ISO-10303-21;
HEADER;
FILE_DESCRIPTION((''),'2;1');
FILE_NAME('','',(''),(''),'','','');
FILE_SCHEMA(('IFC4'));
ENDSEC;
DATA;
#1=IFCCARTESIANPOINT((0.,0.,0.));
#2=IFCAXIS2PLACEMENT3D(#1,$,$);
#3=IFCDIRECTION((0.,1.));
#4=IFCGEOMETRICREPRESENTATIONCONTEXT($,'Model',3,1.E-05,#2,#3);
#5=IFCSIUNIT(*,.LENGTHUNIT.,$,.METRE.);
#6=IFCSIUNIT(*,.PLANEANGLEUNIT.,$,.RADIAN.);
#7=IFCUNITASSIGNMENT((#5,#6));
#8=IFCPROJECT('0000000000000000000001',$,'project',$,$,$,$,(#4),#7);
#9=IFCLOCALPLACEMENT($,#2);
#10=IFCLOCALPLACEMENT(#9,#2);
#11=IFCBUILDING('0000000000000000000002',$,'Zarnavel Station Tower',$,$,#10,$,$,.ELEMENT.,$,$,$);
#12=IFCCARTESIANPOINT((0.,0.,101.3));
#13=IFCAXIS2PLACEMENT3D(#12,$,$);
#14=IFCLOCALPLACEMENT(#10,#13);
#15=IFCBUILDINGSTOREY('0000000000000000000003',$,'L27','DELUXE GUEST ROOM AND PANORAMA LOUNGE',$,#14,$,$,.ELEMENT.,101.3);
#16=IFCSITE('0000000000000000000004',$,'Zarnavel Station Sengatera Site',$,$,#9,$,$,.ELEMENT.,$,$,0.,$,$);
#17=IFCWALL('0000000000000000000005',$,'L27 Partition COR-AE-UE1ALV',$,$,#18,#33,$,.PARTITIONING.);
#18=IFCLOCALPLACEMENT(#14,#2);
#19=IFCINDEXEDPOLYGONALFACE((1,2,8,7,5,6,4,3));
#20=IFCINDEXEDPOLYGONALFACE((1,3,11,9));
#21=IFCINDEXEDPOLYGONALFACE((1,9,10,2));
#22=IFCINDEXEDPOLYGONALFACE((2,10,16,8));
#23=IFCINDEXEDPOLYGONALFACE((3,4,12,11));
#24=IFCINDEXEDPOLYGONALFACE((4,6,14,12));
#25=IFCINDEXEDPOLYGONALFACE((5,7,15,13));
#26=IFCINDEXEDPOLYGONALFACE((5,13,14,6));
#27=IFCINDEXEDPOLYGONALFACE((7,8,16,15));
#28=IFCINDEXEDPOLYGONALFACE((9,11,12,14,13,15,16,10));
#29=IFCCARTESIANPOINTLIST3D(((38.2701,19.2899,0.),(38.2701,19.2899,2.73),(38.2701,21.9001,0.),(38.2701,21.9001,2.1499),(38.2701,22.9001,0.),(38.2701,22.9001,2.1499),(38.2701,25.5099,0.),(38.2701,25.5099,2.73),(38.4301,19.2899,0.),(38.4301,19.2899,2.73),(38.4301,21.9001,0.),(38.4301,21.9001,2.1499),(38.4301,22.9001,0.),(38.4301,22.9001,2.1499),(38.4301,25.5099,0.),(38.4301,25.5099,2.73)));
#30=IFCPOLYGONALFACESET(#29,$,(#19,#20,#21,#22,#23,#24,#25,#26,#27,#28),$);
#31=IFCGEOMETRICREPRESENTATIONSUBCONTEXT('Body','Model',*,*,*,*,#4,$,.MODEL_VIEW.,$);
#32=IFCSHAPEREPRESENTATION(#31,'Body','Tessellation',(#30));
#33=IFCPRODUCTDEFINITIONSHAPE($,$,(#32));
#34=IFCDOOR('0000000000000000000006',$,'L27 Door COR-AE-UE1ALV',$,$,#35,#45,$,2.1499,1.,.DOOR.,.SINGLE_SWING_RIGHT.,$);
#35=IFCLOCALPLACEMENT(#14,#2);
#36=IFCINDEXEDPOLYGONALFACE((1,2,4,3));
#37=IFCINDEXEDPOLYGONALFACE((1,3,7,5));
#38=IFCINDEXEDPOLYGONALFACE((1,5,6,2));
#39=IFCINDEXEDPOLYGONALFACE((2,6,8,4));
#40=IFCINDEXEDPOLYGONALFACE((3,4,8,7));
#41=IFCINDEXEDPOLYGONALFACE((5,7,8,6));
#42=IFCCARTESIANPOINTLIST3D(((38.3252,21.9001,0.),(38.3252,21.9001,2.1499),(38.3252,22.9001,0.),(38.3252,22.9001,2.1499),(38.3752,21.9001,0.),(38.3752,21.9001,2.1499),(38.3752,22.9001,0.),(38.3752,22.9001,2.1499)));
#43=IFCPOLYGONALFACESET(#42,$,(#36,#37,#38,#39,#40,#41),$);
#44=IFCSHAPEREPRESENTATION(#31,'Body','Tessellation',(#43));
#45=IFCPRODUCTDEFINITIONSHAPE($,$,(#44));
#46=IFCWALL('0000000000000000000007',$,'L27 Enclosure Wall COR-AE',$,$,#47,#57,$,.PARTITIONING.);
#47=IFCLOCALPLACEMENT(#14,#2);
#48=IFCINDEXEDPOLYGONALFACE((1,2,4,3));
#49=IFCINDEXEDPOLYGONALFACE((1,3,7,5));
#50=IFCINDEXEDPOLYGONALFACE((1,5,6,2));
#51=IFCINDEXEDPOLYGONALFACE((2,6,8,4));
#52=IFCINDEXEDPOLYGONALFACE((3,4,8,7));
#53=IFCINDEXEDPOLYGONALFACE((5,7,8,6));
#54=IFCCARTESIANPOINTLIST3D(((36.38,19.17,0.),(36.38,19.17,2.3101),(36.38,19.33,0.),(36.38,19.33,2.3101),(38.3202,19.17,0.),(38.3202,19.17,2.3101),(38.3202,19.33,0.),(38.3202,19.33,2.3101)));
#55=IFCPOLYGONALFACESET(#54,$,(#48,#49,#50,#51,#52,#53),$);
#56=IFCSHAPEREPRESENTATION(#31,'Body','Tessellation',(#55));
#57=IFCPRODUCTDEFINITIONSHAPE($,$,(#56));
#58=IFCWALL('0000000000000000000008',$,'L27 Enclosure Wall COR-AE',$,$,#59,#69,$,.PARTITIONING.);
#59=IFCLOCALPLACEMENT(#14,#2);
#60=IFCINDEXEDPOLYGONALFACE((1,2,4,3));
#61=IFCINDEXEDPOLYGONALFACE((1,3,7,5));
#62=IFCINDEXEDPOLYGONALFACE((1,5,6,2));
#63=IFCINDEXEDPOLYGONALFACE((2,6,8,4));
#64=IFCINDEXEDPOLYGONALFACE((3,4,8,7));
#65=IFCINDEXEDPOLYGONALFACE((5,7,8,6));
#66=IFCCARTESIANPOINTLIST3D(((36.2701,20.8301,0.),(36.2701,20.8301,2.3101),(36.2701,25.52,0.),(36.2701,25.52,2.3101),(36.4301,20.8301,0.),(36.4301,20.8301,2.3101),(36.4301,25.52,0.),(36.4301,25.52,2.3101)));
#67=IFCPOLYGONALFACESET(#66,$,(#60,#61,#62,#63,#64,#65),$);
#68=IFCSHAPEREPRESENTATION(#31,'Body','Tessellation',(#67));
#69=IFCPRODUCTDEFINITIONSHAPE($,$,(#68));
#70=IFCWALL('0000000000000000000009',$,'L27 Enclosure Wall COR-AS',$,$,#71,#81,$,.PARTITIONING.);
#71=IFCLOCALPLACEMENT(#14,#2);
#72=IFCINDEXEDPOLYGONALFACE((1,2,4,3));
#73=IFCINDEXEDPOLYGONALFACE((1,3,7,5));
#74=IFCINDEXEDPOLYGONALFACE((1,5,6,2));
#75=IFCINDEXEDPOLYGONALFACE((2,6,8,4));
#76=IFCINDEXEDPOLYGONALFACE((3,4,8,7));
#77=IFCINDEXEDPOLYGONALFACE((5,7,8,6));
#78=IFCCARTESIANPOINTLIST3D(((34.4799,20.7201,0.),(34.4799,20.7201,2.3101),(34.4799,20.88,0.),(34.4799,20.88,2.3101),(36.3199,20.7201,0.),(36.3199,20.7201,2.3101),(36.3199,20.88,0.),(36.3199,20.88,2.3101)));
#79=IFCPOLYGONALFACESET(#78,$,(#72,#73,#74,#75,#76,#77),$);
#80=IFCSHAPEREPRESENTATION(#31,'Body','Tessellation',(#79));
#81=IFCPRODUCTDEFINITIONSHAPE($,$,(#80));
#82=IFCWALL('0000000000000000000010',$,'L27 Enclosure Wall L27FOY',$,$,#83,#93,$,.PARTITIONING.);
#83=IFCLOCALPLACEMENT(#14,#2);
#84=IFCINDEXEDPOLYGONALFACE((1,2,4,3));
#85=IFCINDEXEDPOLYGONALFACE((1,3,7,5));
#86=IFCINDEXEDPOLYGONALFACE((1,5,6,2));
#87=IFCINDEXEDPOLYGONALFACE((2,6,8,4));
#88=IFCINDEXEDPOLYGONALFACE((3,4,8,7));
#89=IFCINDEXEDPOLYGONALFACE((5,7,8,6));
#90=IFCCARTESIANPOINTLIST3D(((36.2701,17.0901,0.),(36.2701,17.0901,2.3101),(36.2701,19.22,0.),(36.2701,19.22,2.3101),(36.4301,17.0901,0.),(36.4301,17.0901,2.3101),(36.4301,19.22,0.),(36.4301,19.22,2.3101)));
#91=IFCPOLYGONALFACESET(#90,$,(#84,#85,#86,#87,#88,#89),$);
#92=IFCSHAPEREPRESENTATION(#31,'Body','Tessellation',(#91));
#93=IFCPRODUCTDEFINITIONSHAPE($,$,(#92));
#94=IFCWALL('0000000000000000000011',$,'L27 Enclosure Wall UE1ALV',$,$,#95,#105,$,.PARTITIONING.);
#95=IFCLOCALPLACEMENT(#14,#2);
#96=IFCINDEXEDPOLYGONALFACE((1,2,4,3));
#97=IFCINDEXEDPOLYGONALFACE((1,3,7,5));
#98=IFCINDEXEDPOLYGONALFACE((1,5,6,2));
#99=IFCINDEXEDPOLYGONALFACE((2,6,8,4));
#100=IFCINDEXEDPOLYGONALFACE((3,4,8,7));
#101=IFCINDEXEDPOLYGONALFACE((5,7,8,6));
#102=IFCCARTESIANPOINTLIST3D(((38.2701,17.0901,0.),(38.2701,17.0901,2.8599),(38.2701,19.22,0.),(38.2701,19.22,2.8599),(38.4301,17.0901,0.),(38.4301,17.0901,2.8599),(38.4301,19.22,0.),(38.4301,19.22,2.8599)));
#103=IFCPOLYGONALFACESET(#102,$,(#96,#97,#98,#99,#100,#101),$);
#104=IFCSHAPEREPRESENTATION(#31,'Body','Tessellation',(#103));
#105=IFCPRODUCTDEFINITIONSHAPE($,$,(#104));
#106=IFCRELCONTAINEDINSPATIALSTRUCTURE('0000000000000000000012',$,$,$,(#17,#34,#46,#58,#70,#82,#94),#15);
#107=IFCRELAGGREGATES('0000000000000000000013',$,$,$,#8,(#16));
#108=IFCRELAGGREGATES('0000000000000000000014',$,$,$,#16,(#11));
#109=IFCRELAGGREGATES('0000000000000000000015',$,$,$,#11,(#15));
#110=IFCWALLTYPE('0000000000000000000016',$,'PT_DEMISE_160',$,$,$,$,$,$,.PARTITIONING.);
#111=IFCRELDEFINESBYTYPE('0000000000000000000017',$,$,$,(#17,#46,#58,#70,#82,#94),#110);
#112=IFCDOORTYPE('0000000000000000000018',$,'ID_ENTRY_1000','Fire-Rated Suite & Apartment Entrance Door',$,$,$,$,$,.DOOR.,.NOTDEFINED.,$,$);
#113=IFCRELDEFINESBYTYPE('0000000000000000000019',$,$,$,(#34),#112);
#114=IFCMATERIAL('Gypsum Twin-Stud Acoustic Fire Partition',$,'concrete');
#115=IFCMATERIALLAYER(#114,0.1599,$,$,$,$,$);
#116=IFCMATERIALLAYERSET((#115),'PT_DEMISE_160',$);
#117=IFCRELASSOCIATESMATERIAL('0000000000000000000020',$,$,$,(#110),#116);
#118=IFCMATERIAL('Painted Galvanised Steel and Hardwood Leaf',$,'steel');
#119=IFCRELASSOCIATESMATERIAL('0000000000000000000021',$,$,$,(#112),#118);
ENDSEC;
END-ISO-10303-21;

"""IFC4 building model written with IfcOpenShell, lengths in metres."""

from ifc_helpers import new_model, si_unit, direction, frame, frame_2d, origin, place, context, subcontext, project, spatial, rectangle, extrude, material, layer, layer_set, type_object, element, fill, save


model = new_model("IFC4")

# Units and contexts
model_context = context("Model", 3, precision=1e-05, world=origin(), true_north=direction((0.0, 1.0)))
body_context = subcontext(model_context, "Body", "Model", "MODEL_VIEW")
ifc_project = project(units=[si_unit("LENGTHUNIT", "METRE"), si_unit("PLANEANGLEUNIT", "RADIAN")], contexts=[model_context])

# Site, building, storey
site_placement = place(None, origin())
site = spatial("IfcSite", under=ifc_project, at=site_placement, Name="Zarnavel Station Sengatera Site", CompositionType="ELEMENT", RefElevation=0.0)
building_placement = place(site_placement, origin())
building = spatial("IfcBuilding", under=site, at=building_placement, Name="Zarnavel Station Tower", CompositionType="ELEMENT")
storey_placement = place(building_placement, frame((0.0, 0.0, 101.3)))
storey = spatial("IfcBuildingStorey", under=building, at=storey_placement, Name="L27", Description="DELUXE GUEST ROOM AND PANORAMA LOUNGE", CompositionType="ELEMENT", Elevation=101.3)

# Wall, opening, door
ifc_material_1 = material(Name="Gypsum Twin-Stud Acoustic Fire Partition", Category="concrete")
ifc_layer_1 = layer(ifc_material_1, 0.1599)
ifc_layer_set_1 = layer_set([ifc_layer_1], Name="PT_DEMISE_160")
wall_type = type_object("IfcWallType", Name="PT_DEMISE_160", PredefinedType="PARTITIONING", material=ifc_layer_set_1)
wall_1_placement = place(storey_placement, frame((38.3501, 19.29, 0.0), z_axis=(0.0, 0.0, 1.0), x_axis=(0.0, 1.0, 0.0)))
wall_1 = element("IfcWall", 1, at=wall_1_placement, inside=storey, type_object=wall_type, Name="L27 Partition COR-AE-UE1ALV", PredefinedType="PARTITIONING", context=body_context, shape_type="SweptSolid", body=[
    extrude(rectangle(XDim=6.22, YDim=0.1599, at=frame_2d((3.1099, 0.0))), origin(), (0.0, 0.0, 1.0), 2.73),
])
opening_placement = place(wall_1_placement, frame((2.6101, 0.0, 0.0)))
opening = element("IfcOpeningElement", 2, at=opening_placement, cuts=wall_1, PredefinedType="OPENING", context=body_context, shape_type="SweptSolid", body=[
    extrude(rectangle(XDim=1.0, YDim=2.1499, at=frame_2d((0.5, 1.075))), frame((0.0, 0.0898, 0.0), z_axis=(0.0, -1.0, 0.0), x_axis=(1.0, 0.0, 0.0)), (0.0, 0.0, 1.0), 0.1799),
])
ifc_material_2 = material(Name="Painted Galvanised Steel and Hardwood Leaf", Category="steel")
door_type = type_object("IfcDoorType", Name="ID_ENTRY_1000", Description="Fire-Rated Suite & Apartment Entrance Door", OperationType="NOTDEFINED", PredefinedType="DOOR", material=ifc_material_2)
door_placement = place(opening_placement, origin())
door = element("IfcDoor", 3, at=door_placement, inside=storey, type_object=door_type, Name="L27 Door COR-AE-UE1ALV", OperationType="SINGLE_SWING_RIGHT", OverallHeight=2.1499, OverallWidth=1.0, PredefinedType="DOOR", context=body_context, shape_type="SweptSolid", body=[
    extrude(rectangle(XDim=1.0, YDim=2.1499, at=frame_2d((0.5, 1.075))), frame((0.0, 0.0249, 0.0), z_axis=(0.0, -1.0, 0.0), x_axis=(1.0, 0.0, 0.0)), (0.0, 0.0, 1.0), 0.05),
])
fill(opening, door)

# Walls
wall_2_placement = place(storey_placement, frame((36.3799, 19.25, 0.0), z_axis=(0.0, 0.0, 1.0), x_axis=(1.0, 0.0, 0.0)))
element("IfcWall", 4, at=wall_2_placement, inside=storey, type_object=wall_type, Name="L27 Enclosure Wall COR-AE", PredefinedType="PARTITIONING", context=body_context, shape_type="SweptSolid", body=[
    extrude(rectangle(XDim=1.9402, YDim=0.1599, at=frame_2d((0.9702, 0.0))), origin(), (0.0, 0.0, 1.0), 2.3101),
])
wall_3_placement = place(storey_placement, frame((36.3501, 20.8301, 0.0), z_axis=(0.0, 0.0, 1.0), x_axis=(0.0, 1.0, 0.0)))
element("IfcWall", 5, at=wall_3_placement, inside=storey, type_object=wall_type, Name="L27 Enclosure Wall COR-AE", PredefinedType="PARTITIONING", context=body_context, shape_type="SweptSolid", body=[
    extrude(rectangle(XDim=4.6899, YDim=0.1599, at=frame_2d((2.345, 0.0))), origin(), (0.0, 0.0, 1.0), 2.3101),
])
wall_4_placement = place(storey_placement, frame((34.48, 20.8, 0.0), z_axis=(0.0, 0.0, 1.0), x_axis=(1.0, 0.0, 0.0)))
element("IfcWall", 6, at=wall_4_placement, inside=storey, type_object=wall_type, Name="L27 Enclosure Wall COR-AS", PredefinedType="PARTITIONING", context=body_context, shape_type="SweptSolid", body=[
    extrude(rectangle(XDim=1.8401, YDim=0.1599, at=frame_2d((0.9199, 0.0))), origin(), (0.0, 0.0, 1.0), 2.3101),
])
wall_5_placement = place(storey_placement, frame((36.3501, 17.0901, 0.0), z_axis=(0.0, 0.0, 1.0), x_axis=(0.0, 1.0, 0.0)))
element("IfcWall", 7, at=wall_5_placement, inside=storey, type_object=wall_type, Name="L27 Enclosure Wall L27FOY", PredefinedType="PARTITIONING", context=body_context, shape_type="SweptSolid", body=[
    extrude(rectangle(XDim=2.1299, YDim=0.1599, at=frame_2d((1.0649, 0.0))), origin(), (0.0, 0.0, 1.0), 2.3101),
])
wall_6_placement = place(storey_placement, frame((38.3501, 17.0901, 0.0), z_axis=(0.0, 0.0, 1.0), x_axis=(0.0, 1.0, 0.0)))
element("IfcWall", 8, at=wall_6_placement, inside=storey, type_object=wall_type, Name="L27 Enclosure Wall UE1ALV", PredefinedType="PARTITIONING", context=body_context, shape_type="SweptSolid", body=[
    extrude(rectangle(XDim=2.1299, YDim=0.1599, at=frame_2d((1.0649, 0.0))), origin(), (0.0, 0.0, 1.0), 2.8599),
])

save(model, "model.ifc")
